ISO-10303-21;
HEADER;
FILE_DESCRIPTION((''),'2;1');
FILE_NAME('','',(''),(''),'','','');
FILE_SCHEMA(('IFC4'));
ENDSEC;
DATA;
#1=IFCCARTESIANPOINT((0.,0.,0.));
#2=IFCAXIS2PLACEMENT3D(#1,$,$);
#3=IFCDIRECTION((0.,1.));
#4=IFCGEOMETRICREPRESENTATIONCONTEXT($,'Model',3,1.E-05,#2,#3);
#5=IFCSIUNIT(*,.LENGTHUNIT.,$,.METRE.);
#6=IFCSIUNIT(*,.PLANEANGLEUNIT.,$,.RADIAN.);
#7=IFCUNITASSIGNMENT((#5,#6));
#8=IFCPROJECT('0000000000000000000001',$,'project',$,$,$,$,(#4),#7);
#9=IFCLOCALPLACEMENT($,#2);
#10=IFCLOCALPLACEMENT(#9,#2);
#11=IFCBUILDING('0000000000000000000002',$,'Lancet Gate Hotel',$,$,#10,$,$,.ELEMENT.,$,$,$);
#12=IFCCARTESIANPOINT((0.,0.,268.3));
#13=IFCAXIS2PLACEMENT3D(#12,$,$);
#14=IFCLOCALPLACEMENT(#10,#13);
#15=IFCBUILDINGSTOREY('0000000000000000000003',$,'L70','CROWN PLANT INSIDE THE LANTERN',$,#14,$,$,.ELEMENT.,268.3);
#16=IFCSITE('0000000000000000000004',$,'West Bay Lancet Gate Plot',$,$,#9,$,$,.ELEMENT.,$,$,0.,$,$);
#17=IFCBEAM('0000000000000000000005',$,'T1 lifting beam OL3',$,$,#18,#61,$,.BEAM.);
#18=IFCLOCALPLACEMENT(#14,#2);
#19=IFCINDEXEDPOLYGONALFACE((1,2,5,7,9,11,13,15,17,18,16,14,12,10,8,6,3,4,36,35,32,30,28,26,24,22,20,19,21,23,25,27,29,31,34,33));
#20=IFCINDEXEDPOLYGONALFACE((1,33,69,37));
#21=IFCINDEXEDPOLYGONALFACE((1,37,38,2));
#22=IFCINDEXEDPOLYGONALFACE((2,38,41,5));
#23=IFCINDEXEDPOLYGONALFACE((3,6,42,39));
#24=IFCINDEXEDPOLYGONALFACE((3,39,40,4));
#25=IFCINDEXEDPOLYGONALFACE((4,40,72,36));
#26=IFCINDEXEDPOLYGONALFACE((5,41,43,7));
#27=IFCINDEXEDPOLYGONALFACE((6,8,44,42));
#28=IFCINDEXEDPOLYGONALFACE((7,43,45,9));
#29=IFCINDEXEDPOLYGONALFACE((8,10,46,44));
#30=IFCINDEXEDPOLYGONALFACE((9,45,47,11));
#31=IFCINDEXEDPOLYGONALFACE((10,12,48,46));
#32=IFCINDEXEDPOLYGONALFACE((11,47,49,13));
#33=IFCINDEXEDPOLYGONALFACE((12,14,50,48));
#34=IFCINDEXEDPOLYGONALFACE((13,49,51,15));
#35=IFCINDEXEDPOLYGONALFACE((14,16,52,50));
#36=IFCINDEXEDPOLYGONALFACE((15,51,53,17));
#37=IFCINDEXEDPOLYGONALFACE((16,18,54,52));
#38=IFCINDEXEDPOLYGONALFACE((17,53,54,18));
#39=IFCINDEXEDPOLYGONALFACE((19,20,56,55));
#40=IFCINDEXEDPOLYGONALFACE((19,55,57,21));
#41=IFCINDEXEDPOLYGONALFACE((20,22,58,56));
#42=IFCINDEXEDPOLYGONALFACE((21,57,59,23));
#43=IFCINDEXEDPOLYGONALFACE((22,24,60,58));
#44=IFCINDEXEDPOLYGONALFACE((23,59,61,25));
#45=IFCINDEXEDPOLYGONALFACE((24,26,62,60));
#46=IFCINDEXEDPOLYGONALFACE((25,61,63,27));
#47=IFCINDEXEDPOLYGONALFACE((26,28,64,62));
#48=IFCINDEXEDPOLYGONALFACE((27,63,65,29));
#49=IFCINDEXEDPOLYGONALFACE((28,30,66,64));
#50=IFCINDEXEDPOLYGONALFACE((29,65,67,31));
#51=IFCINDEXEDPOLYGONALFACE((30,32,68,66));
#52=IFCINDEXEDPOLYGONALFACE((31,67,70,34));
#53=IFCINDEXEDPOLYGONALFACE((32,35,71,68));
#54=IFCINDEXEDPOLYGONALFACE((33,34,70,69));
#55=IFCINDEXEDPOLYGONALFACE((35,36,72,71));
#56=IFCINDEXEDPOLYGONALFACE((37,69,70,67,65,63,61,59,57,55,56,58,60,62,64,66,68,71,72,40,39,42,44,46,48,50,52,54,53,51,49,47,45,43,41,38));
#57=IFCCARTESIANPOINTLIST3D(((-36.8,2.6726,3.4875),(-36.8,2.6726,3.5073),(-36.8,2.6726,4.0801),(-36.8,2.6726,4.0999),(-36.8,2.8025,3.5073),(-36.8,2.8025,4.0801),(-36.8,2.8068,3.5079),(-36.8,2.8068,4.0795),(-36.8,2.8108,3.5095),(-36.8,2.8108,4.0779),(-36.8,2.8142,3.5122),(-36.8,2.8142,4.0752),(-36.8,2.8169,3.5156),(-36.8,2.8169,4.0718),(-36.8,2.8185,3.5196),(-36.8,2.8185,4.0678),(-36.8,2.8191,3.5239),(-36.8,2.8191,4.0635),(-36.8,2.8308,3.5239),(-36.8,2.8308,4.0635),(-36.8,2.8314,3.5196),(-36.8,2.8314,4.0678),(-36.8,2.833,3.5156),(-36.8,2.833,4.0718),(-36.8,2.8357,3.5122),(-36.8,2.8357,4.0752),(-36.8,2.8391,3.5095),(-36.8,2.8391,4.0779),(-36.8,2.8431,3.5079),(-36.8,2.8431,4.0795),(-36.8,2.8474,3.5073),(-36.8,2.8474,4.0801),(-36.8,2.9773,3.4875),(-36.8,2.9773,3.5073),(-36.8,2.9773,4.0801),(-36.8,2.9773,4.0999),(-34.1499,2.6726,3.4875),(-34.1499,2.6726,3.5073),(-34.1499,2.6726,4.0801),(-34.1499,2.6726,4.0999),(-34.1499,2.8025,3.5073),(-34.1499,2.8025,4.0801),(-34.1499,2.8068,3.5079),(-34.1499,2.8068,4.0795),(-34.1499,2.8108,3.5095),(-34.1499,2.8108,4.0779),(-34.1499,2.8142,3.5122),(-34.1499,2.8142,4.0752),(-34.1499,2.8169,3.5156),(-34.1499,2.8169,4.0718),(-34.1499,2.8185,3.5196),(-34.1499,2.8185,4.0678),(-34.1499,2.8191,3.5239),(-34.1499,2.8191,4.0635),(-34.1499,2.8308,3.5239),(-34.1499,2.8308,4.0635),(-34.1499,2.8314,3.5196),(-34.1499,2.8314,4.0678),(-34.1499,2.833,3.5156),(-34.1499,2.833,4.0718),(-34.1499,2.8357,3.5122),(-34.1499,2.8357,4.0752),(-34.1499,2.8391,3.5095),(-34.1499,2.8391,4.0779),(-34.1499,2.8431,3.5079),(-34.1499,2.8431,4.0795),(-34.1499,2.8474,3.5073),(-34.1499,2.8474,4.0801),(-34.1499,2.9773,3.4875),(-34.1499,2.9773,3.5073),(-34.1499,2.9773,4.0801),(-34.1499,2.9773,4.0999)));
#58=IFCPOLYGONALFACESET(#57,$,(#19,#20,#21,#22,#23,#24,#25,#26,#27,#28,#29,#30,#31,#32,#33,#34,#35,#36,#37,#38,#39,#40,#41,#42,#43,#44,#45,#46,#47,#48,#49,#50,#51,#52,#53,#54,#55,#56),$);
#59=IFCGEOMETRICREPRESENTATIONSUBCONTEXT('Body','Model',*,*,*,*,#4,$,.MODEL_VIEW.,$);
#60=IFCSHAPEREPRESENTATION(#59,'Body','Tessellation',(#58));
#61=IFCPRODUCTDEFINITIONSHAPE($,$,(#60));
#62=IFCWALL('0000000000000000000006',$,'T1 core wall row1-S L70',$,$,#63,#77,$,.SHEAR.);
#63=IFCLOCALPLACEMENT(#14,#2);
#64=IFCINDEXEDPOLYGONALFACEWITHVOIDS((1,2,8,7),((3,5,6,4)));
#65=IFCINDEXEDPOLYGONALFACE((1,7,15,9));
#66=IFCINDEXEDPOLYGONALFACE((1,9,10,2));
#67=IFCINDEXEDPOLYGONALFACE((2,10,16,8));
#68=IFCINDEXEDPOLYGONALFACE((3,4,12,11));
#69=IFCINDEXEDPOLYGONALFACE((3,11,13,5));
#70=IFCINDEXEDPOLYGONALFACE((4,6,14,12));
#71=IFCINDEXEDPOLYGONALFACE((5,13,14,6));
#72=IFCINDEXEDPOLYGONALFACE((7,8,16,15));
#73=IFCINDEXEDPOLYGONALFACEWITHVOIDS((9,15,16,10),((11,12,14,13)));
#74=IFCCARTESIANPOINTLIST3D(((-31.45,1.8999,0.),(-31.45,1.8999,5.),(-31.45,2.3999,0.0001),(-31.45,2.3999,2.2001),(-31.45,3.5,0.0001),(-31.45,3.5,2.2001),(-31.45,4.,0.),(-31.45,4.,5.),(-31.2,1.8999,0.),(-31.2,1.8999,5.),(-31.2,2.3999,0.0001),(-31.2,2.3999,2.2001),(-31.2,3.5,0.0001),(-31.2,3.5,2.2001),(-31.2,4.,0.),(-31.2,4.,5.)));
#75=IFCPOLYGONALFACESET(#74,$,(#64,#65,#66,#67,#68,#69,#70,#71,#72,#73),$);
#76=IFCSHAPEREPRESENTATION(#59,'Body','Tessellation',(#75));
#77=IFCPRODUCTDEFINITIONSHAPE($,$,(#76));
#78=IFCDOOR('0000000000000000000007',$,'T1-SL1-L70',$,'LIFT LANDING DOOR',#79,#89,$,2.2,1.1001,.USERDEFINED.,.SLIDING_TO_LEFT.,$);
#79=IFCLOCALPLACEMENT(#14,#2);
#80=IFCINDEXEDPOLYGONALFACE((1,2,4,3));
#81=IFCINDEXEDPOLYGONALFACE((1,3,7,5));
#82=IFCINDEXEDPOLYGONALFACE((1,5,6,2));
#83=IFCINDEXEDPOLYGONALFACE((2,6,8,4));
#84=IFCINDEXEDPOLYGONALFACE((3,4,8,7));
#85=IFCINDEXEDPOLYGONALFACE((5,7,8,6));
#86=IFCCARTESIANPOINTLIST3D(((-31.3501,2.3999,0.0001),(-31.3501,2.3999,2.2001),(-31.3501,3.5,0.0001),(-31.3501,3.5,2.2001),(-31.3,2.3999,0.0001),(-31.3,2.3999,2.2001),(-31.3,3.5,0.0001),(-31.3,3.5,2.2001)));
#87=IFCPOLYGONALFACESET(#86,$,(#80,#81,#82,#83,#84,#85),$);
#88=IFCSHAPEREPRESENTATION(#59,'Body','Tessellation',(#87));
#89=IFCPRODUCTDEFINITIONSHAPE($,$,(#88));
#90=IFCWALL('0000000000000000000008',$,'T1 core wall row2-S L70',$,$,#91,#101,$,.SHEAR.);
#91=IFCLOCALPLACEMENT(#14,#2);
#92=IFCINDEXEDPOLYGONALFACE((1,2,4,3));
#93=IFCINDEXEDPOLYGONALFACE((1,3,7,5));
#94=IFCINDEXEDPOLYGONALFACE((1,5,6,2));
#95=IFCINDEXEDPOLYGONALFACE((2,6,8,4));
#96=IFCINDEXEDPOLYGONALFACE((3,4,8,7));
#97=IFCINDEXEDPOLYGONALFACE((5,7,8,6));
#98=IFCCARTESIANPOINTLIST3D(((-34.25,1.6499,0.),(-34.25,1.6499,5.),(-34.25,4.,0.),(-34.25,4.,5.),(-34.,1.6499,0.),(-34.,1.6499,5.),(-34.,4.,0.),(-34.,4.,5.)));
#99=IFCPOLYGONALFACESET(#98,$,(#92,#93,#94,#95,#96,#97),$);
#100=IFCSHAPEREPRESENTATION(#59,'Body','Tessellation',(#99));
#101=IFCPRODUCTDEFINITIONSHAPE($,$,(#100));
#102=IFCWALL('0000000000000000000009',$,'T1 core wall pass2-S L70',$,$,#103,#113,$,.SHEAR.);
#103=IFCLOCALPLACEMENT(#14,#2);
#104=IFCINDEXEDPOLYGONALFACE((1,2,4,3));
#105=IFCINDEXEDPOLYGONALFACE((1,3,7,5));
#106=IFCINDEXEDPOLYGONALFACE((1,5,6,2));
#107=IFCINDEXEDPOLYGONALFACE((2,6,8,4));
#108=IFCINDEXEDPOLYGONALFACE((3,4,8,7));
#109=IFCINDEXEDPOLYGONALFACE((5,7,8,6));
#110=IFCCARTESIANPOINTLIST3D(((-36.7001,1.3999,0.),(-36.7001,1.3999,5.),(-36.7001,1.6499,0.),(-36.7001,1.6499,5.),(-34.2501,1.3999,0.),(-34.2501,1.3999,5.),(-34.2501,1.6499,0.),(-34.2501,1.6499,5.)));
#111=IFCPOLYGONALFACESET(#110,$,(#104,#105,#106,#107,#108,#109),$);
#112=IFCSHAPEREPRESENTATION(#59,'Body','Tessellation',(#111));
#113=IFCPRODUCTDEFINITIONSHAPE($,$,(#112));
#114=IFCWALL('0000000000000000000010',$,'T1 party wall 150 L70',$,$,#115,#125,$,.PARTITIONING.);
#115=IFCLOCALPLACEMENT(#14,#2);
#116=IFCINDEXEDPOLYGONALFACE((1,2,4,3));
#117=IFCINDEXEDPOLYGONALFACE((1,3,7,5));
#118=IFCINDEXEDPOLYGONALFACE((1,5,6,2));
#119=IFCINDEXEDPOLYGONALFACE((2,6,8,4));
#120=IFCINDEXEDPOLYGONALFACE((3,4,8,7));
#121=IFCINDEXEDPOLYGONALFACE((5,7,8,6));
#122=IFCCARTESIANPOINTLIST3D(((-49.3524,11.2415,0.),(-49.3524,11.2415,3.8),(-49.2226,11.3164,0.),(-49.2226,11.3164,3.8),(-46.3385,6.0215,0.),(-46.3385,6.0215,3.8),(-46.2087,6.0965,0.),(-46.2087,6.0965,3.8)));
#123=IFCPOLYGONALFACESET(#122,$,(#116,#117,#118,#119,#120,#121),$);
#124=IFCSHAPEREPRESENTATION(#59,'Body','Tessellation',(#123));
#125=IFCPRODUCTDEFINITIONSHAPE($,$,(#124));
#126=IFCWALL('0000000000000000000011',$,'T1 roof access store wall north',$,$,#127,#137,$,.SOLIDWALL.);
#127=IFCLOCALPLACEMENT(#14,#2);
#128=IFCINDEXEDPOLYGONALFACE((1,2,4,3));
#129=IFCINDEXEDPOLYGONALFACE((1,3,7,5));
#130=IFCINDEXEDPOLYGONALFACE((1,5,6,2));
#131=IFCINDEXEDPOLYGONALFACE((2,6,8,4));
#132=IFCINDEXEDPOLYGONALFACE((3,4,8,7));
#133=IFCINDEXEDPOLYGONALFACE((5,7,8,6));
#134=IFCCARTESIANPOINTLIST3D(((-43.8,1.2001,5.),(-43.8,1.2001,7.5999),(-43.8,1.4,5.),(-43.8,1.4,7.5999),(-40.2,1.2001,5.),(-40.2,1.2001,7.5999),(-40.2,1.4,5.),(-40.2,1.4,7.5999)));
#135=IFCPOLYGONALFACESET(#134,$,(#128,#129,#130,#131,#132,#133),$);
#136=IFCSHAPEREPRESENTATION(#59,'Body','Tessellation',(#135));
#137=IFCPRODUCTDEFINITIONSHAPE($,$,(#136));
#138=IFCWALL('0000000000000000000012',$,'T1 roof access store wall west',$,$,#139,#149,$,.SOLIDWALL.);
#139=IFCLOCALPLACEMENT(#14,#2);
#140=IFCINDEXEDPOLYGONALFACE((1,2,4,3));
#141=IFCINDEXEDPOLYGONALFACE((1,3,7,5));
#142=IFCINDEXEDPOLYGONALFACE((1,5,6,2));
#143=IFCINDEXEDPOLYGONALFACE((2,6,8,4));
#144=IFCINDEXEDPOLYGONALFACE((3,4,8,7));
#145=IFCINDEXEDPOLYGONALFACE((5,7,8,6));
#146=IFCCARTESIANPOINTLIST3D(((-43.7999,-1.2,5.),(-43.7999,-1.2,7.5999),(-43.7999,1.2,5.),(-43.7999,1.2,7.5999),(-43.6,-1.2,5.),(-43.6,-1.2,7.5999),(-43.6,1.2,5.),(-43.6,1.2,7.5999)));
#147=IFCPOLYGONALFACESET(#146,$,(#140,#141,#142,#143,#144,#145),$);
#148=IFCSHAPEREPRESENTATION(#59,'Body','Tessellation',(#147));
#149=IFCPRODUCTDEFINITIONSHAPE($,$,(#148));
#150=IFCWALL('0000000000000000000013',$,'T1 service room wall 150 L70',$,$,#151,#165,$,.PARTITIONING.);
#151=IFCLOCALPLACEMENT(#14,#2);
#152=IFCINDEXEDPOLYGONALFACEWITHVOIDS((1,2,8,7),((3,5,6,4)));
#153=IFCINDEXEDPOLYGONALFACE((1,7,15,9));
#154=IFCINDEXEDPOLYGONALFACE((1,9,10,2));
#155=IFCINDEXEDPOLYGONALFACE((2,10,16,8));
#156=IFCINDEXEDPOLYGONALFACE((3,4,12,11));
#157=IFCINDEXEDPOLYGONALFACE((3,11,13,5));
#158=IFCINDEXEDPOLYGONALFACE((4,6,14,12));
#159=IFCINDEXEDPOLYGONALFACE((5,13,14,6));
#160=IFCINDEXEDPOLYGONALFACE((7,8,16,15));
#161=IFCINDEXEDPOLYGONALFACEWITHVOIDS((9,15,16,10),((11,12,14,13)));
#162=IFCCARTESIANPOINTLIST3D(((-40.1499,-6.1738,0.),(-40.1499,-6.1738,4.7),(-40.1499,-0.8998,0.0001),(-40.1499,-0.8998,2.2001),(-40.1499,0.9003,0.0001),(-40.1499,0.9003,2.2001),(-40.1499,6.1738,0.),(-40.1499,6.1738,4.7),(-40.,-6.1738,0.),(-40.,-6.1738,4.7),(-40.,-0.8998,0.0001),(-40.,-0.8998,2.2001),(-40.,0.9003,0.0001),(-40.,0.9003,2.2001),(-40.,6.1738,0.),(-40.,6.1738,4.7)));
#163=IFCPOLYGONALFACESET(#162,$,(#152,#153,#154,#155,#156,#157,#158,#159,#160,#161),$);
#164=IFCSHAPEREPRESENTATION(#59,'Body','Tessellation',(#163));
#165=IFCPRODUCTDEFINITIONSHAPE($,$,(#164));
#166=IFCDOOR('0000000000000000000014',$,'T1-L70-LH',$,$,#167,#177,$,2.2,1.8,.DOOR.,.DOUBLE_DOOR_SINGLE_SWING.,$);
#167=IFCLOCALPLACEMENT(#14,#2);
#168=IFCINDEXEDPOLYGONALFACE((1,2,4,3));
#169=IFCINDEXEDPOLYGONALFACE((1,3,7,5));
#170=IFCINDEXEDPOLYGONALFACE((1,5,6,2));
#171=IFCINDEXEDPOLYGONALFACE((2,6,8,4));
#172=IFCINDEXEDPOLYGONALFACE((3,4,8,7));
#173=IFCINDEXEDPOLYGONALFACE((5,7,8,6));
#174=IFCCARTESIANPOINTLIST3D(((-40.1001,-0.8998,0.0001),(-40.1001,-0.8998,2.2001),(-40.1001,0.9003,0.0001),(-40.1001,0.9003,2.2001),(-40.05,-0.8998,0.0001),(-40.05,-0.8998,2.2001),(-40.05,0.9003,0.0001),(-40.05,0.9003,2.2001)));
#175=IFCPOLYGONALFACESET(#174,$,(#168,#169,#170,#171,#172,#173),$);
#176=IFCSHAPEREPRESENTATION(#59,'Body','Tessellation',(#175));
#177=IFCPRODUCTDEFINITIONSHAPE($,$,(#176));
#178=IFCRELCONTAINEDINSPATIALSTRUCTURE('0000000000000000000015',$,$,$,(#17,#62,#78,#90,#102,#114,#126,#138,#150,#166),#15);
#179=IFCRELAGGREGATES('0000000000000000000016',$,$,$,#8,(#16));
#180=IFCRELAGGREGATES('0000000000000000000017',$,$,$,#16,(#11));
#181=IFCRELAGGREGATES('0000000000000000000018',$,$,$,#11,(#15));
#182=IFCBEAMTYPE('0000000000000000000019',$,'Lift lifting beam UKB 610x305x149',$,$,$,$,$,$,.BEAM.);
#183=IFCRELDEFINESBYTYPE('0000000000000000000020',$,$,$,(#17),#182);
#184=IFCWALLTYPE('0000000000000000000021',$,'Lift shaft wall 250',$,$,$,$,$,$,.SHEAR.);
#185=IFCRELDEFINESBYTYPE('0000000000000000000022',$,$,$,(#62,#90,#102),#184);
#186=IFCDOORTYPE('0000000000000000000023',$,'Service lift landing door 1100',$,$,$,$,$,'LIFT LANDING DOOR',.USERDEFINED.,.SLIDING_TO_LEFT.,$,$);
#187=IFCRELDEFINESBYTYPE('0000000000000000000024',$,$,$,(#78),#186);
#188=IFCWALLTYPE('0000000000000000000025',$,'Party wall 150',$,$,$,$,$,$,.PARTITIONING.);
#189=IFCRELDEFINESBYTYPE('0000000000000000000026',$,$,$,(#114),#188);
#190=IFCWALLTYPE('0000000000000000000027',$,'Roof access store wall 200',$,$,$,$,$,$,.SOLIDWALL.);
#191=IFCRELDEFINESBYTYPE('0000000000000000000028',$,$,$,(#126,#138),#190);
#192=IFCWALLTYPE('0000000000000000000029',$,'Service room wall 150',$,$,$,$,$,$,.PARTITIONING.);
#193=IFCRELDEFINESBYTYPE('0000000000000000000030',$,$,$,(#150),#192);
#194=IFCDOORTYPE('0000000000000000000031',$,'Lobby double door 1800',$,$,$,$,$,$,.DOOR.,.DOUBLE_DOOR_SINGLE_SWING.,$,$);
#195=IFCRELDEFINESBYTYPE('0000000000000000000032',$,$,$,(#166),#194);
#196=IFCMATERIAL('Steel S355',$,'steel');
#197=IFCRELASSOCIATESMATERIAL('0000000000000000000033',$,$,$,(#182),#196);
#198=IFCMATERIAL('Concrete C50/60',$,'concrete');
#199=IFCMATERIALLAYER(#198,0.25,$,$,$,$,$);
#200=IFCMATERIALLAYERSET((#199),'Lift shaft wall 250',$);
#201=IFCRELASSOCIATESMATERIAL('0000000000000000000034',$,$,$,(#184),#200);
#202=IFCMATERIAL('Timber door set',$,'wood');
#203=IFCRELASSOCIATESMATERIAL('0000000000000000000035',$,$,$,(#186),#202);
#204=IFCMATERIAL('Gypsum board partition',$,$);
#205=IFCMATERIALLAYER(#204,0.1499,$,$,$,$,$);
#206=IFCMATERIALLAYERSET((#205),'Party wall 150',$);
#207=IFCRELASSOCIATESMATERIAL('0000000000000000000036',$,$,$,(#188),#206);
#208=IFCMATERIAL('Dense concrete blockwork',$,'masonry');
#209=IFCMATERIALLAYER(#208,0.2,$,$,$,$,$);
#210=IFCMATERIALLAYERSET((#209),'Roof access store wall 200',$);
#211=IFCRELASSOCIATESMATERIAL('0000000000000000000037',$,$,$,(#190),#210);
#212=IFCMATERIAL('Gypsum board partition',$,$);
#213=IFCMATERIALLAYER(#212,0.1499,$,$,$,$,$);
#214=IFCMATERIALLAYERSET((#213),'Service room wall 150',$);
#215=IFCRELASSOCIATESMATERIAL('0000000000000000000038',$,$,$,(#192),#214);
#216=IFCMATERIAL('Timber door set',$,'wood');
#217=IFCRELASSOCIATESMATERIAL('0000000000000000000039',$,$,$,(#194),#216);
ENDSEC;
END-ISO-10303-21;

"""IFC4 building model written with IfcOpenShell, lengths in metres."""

from ifc_helpers import new_model, si_unit, direction, frame, frame_2d, origin, origin_2d, place, context, subcontext, project, spatial, rectangle, i_section, extrude, material, layer, layer_set, material_profile, profile_set, type_object, element, fill, save


model = new_model("IFC4")

# Units and contexts
model_context = context("Model", 3, precision=1e-05, world=origin(), true_north=direction((0.0, 1.0)))
body_context = subcontext(model_context, "Body", "Model", "MODEL_VIEW")
ifc_project = project(units=[si_unit("LENGTHUNIT", "METRE"), si_unit("PLANEANGLEUNIT", "RADIAN")], contexts=[model_context])

# Site, building, storey
site_placement = place(None, origin())
site = spatial("IfcSite", under=ifc_project, at=site_placement, Name="West Bay Lancet Gate Plot", CompositionType="ELEMENT", RefElevation=0.0)
building_placement = place(site_placement, origin())
building = spatial("IfcBuilding", under=site, at=building_placement, Name="Lancet Gate Hotel", CompositionType="ELEMENT")
storey_placement = place(building_placement, frame((0.0, 0.0, 268.3)))
storey = spatial("IfcBuildingStorey", under=building, at=storey_placement, Name="L70", Description="CROWN PLANT INSIDE THE LANTERN", CompositionType="ELEMENT", Elevation=268.3)

# Beam
ifc_material_1 = material(Name="Steel S355", Category="steel")
ifc_material_profile_1 = material_profile(ifc_material_1, i_section(OverallWidth=0.3047, OverallDepth=0.6123, WebThickness=0.0117, FlangeThickness=0.0198, FilletRadius=0.0166, at=origin_2d()), Name="UKB 610x305x149")
ifc_profile_set_1 = profile_set([ifc_material_profile_1], Name="Steel S355")
beam_type_1 = type_object("IfcBeamType", Name="Lift lifting beam UKB 610x305x149", PredefinedType="BEAM", material=ifc_profile_set_1)
beam_1_placement = place(storey_placement, frame((-34.1499, 2.825, 3.7937), z_axis=(-1.0, 0.0, 0.0), x_axis=(0.0, -1.0, 0.0)))
element("IfcBeam", 1, at=beam_1_placement, inside=storey, type_object=beam_type_1, Name="T1 lifting beam OL3", PredefinedType="BEAM", context=body_context, shape_type="SweptSolid", body=[
    extrude(i_section(OverallWidth=0.3047, OverallDepth=0.6123, WebThickness=0.0117, FlangeThickness=0.0198, FilletRadius=0.0166, at=origin_2d()), origin(), (0.0, 0.0, 1.0), 2.6501),
])

# Wall, opening, door
ifc_material_2 = material(Name="Concrete C50/60", Category="concrete")
ifc_layer_1 = layer(ifc_material_2, 0.25)
ifc_layer_set_1 = layer_set([ifc_layer_1], Name="Lift shaft wall 250")
wall_type_1 = type_object("IfcWallType", Name="Lift shaft wall 250", PredefinedType="SHEAR", material=ifc_layer_set_1)
wall_1_placement = place(storey_placement, frame((-31.325, 4.0, 0.0), z_axis=(0.0, 0.0, 1.0), x_axis=(0.0, -1.0, 0.0)))
wall_1 = element("IfcWall", 2, at=wall_1_placement, inside=storey, type_object=wall_type_1, Name="T1 core wall row1-S L70", PredefinedType="SHEAR", context=body_context, shape_type="SweptSolid", body=[
    extrude(rectangle(XDim=2.1001, YDim=0.25, at=frame_2d((1.05, 0.0))), origin(), (0.0, 0.0, 1.0), 5.0),
])
opening_1_placement = place(wall_1_placement, frame((0.5, 0.0, 0.0)))
opening_1 = element("IfcOpeningElement", 3, at=opening_1_placement, cuts=wall_1, PredefinedType="OPENING", context=body_context, shape_type="SweptSolid", body=[
    extrude(rectangle(XDim=1.1001, YDim=2.2, at=frame_2d((0.55, 1.1001))), frame((0.0, 0.135, 0.0), z_axis=(0.0, -1.0, 0.0), x_axis=(1.0, 0.0, 0.0)), (0.0, 0.0, 1.0), 0.27),
])
ifc_material_3 = material(Name="Timber door set", Category="wood")
door_type_1 = type_object("IfcDoorType", Name="Service lift landing door 1100", ElementType="LIFT LANDING DOOR", OperationType="SLIDING_TO_LEFT", PredefinedType="USERDEFINED", material=ifc_material_3)
door_1_placement = place(opening_1_placement, origin())
door_1 = element("IfcDoor", 4, at=door_1_placement, inside=storey, type_object=door_type_1, Name="T1-SL1-L70", ObjectType="LIFT LANDING DOOR", OperationType="SLIDING_TO_LEFT", OverallHeight=2.2, OverallWidth=1.1001, PredefinedType="USERDEFINED", context=body_context, shape_type="SweptSolid", body=[
    extrude(rectangle(XDim=1.1001, YDim=2.2, at=frame_2d((0.55, 1.1001))), frame((0.0, 0.0249, 0.0), z_axis=(0.0, -1.0, 0.0), x_axis=(1.0, 0.0, 0.0)), (0.0, 0.0, 1.0), 0.05),
])
fill(opening_1, door_1)

# Walls
wall_2_placement = place(storey_placement, frame((-34.125, 4.0, 0.0), z_axis=(0.0, 0.0, 1.0), x_axis=(0.0, -1.0, 0.0)))
element("IfcWall", 5, at=wall_2_placement, inside=storey, type_object=wall_type_1, Name="T1 core wall row2-S L70", PredefinedType="SHEAR", context=body_context, shape_type="SweptSolid", body=[
    extrude(rectangle(XDim=2.3501, YDim=0.25, at=frame_2d((1.175, 0.0))), origin(), (0.0, 0.0, 1.0), 5.0),
])
wall_3_placement = place(storey_placement, frame((-34.25, 1.5249, 0.0), z_axis=(0.0, 0.0, 1.0), x_axis=(-1.0, 0.0, 0.0)))
element("IfcWall", 6, at=wall_3_placement, inside=storey, type_object=wall_type_1, Name="T1 core wall pass2-S L70", PredefinedType="SHEAR", context=body_context, shape_type="SweptSolid", body=[
    extrude(rectangle(XDim=2.45, YDim=0.25, at=frame_2d((1.2251, 0.0))), origin(), (0.0, 0.0, 1.0), 5.0),
])
ifc_material_4 = material(Name="Gypsum board partition")
ifc_layer_2 = layer(ifc_material_4, 0.1499)
ifc_layer_set_2 = layer_set([ifc_layer_2], Name="Party wall 150")
wall_type_2 = type_object("IfcWallType", Name="Party wall 150", PredefinedType="PARTITIONING", material=ifc_layer_set_2)
wall_4_placement = place(storey_placement, frame((-46.2737, 6.0591, 0.0), z_axis=(0.0, 0.0, 1.0), x_axis=(-0.50002, 0.866014, 0.0)))
element("IfcWall", 7, at=wall_4_placement, inside=storey, type_object=wall_type_2, Name="T1 party wall 150 L70", PredefinedType="PARTITIONING", context=body_context, shape_type="SweptSolid", body=[
    extrude(rectangle(XDim=6.0276, YDim=0.1499, at=frame_2d((3.0137, 0.0))), origin(), (0.0, 0.0, 1.0), 3.8),
])
ifc_material_5 = material(Name="Dense concrete blockwork", Category="masonry")
ifc_layer_3 = layer(ifc_material_5, 0.2)
ifc_layer_set_3 = layer_set([ifc_layer_3], Name="Roof access store wall 200")
wall_type_3 = type_object("IfcWallType", Name="Roof access store wall 200", PredefinedType="SOLIDWALL", material=ifc_layer_set_3)
wall_5_placement = place(storey_placement, frame((-40.2, 1.3, 5.0), z_axis=(0.0, 0.0, 1.0), x_axis=(-1.0, 0.0, 0.0)))
element("IfcWall", 8, at=wall_5_placement, inside=storey, type_object=wall_type_3, Name="T1 roof access store wall north", PredefinedType="SOLIDWALL", context=body_context, shape_type="SweptSolid", body=[
    extrude(rectangle(XDim=3.6001, YDim=0.2, at=frame_2d((1.8, 0.0))), origin(), (0.0, 0.0, 1.0), 2.5999),
])
wall_6_placement = place(storey_placement, frame((-43.7, 1.2, 5.0), z_axis=(0.0, 0.0, 1.0), x_axis=(0.0, -1.0, 0.0)))
element("IfcWall", 9, at=wall_6_placement, inside=storey, type_object=wall_type_3, Name="T1 roof access store wall west", PredefinedType="SOLIDWALL", context=body_context, shape_type="SweptSolid", body=[
    extrude(rectangle(XDim=2.3999, YDim=0.2, at=frame_2d((1.2, 0.0))), origin(), (0.0, 0.0, 1.0), 2.5999),
])

# Wall, opening, door
ifc_material_6 = material(Name="Gypsum board partition")
ifc_layer_4 = layer(ifc_material_6, 0.1499)
ifc_layer_set_4 = layer_set([ifc_layer_4], Name="Service room wall 150")
wall_type_4 = type_object("IfcWallType", Name="Service room wall 150", PredefinedType="PARTITIONING", material=ifc_layer_set_4)
wall_7_placement = place(storey_placement, frame((-40.075, 6.1738, 0.0), z_axis=(0.0, 0.0, 1.0), x_axis=(0.0, -1.0, 0.0)))
wall_7 = element("IfcWall", 10, at=wall_7_placement, inside=storey, type_object=wall_type_4, Name="T1 service room wall 150 L70", PredefinedType="PARTITIONING", context=body_context, shape_type="SweptSolid", body=[
    extrude(rectangle(XDim=12.3477, YDim=0.1499, at=frame_2d((6.1738, 0.0))), origin(), (0.0, 0.0, 1.0), 4.7),
])
opening_2_placement = place(wall_7_placement, frame((5.2737, 0.0, 0.0)))
opening_2 = element("IfcOpeningElement", 11, at=opening_2_placement, cuts=wall_7, PredefinedType="OPENING", context=body_context, shape_type="SweptSolid", body=[
    extrude(rectangle(XDim=1.8, YDim=2.2, at=frame_2d((0.8999, 1.1001))), frame((0.0, 0.085, 0.0), z_axis=(0.0, -1.0, 0.0), x_axis=(1.0, 0.0, 0.0)), (0.0, 0.0, 1.0), 0.1699),
])
ifc_material_7 = material(Name="Timber door set", Category="wood")
door_type_2 = type_object("IfcDoorType", Name="Lobby double door 1800", OperationType="DOUBLE_DOOR_SINGLE_SWING", PredefinedType="DOOR", material=ifc_material_7)
door_2_placement = place(opening_2_placement, origin())
door_2 = element("IfcDoor", 12, at=door_2_placement, inside=storey, type_object=door_type_2, Name="T1-L70-LH", OperationType="DOUBLE_DOOR_SINGLE_SWING", OverallHeight=2.2, OverallWidth=1.8, PredefinedType="DOOR", context=body_context, shape_type="SweptSolid", body=[
    extrude(rectangle(XDim=1.8, YDim=2.2, at=frame_2d((0.8999, 1.1001))), frame((0.0, 0.0249, 0.0), z_axis=(0.0, -1.0, 0.0), x_axis=(1.0, 0.0, 0.0)), (0.0, 0.0, 1.0), 0.05),
])
fill(opening_2, door_2)

save(model, "model.ifc")
